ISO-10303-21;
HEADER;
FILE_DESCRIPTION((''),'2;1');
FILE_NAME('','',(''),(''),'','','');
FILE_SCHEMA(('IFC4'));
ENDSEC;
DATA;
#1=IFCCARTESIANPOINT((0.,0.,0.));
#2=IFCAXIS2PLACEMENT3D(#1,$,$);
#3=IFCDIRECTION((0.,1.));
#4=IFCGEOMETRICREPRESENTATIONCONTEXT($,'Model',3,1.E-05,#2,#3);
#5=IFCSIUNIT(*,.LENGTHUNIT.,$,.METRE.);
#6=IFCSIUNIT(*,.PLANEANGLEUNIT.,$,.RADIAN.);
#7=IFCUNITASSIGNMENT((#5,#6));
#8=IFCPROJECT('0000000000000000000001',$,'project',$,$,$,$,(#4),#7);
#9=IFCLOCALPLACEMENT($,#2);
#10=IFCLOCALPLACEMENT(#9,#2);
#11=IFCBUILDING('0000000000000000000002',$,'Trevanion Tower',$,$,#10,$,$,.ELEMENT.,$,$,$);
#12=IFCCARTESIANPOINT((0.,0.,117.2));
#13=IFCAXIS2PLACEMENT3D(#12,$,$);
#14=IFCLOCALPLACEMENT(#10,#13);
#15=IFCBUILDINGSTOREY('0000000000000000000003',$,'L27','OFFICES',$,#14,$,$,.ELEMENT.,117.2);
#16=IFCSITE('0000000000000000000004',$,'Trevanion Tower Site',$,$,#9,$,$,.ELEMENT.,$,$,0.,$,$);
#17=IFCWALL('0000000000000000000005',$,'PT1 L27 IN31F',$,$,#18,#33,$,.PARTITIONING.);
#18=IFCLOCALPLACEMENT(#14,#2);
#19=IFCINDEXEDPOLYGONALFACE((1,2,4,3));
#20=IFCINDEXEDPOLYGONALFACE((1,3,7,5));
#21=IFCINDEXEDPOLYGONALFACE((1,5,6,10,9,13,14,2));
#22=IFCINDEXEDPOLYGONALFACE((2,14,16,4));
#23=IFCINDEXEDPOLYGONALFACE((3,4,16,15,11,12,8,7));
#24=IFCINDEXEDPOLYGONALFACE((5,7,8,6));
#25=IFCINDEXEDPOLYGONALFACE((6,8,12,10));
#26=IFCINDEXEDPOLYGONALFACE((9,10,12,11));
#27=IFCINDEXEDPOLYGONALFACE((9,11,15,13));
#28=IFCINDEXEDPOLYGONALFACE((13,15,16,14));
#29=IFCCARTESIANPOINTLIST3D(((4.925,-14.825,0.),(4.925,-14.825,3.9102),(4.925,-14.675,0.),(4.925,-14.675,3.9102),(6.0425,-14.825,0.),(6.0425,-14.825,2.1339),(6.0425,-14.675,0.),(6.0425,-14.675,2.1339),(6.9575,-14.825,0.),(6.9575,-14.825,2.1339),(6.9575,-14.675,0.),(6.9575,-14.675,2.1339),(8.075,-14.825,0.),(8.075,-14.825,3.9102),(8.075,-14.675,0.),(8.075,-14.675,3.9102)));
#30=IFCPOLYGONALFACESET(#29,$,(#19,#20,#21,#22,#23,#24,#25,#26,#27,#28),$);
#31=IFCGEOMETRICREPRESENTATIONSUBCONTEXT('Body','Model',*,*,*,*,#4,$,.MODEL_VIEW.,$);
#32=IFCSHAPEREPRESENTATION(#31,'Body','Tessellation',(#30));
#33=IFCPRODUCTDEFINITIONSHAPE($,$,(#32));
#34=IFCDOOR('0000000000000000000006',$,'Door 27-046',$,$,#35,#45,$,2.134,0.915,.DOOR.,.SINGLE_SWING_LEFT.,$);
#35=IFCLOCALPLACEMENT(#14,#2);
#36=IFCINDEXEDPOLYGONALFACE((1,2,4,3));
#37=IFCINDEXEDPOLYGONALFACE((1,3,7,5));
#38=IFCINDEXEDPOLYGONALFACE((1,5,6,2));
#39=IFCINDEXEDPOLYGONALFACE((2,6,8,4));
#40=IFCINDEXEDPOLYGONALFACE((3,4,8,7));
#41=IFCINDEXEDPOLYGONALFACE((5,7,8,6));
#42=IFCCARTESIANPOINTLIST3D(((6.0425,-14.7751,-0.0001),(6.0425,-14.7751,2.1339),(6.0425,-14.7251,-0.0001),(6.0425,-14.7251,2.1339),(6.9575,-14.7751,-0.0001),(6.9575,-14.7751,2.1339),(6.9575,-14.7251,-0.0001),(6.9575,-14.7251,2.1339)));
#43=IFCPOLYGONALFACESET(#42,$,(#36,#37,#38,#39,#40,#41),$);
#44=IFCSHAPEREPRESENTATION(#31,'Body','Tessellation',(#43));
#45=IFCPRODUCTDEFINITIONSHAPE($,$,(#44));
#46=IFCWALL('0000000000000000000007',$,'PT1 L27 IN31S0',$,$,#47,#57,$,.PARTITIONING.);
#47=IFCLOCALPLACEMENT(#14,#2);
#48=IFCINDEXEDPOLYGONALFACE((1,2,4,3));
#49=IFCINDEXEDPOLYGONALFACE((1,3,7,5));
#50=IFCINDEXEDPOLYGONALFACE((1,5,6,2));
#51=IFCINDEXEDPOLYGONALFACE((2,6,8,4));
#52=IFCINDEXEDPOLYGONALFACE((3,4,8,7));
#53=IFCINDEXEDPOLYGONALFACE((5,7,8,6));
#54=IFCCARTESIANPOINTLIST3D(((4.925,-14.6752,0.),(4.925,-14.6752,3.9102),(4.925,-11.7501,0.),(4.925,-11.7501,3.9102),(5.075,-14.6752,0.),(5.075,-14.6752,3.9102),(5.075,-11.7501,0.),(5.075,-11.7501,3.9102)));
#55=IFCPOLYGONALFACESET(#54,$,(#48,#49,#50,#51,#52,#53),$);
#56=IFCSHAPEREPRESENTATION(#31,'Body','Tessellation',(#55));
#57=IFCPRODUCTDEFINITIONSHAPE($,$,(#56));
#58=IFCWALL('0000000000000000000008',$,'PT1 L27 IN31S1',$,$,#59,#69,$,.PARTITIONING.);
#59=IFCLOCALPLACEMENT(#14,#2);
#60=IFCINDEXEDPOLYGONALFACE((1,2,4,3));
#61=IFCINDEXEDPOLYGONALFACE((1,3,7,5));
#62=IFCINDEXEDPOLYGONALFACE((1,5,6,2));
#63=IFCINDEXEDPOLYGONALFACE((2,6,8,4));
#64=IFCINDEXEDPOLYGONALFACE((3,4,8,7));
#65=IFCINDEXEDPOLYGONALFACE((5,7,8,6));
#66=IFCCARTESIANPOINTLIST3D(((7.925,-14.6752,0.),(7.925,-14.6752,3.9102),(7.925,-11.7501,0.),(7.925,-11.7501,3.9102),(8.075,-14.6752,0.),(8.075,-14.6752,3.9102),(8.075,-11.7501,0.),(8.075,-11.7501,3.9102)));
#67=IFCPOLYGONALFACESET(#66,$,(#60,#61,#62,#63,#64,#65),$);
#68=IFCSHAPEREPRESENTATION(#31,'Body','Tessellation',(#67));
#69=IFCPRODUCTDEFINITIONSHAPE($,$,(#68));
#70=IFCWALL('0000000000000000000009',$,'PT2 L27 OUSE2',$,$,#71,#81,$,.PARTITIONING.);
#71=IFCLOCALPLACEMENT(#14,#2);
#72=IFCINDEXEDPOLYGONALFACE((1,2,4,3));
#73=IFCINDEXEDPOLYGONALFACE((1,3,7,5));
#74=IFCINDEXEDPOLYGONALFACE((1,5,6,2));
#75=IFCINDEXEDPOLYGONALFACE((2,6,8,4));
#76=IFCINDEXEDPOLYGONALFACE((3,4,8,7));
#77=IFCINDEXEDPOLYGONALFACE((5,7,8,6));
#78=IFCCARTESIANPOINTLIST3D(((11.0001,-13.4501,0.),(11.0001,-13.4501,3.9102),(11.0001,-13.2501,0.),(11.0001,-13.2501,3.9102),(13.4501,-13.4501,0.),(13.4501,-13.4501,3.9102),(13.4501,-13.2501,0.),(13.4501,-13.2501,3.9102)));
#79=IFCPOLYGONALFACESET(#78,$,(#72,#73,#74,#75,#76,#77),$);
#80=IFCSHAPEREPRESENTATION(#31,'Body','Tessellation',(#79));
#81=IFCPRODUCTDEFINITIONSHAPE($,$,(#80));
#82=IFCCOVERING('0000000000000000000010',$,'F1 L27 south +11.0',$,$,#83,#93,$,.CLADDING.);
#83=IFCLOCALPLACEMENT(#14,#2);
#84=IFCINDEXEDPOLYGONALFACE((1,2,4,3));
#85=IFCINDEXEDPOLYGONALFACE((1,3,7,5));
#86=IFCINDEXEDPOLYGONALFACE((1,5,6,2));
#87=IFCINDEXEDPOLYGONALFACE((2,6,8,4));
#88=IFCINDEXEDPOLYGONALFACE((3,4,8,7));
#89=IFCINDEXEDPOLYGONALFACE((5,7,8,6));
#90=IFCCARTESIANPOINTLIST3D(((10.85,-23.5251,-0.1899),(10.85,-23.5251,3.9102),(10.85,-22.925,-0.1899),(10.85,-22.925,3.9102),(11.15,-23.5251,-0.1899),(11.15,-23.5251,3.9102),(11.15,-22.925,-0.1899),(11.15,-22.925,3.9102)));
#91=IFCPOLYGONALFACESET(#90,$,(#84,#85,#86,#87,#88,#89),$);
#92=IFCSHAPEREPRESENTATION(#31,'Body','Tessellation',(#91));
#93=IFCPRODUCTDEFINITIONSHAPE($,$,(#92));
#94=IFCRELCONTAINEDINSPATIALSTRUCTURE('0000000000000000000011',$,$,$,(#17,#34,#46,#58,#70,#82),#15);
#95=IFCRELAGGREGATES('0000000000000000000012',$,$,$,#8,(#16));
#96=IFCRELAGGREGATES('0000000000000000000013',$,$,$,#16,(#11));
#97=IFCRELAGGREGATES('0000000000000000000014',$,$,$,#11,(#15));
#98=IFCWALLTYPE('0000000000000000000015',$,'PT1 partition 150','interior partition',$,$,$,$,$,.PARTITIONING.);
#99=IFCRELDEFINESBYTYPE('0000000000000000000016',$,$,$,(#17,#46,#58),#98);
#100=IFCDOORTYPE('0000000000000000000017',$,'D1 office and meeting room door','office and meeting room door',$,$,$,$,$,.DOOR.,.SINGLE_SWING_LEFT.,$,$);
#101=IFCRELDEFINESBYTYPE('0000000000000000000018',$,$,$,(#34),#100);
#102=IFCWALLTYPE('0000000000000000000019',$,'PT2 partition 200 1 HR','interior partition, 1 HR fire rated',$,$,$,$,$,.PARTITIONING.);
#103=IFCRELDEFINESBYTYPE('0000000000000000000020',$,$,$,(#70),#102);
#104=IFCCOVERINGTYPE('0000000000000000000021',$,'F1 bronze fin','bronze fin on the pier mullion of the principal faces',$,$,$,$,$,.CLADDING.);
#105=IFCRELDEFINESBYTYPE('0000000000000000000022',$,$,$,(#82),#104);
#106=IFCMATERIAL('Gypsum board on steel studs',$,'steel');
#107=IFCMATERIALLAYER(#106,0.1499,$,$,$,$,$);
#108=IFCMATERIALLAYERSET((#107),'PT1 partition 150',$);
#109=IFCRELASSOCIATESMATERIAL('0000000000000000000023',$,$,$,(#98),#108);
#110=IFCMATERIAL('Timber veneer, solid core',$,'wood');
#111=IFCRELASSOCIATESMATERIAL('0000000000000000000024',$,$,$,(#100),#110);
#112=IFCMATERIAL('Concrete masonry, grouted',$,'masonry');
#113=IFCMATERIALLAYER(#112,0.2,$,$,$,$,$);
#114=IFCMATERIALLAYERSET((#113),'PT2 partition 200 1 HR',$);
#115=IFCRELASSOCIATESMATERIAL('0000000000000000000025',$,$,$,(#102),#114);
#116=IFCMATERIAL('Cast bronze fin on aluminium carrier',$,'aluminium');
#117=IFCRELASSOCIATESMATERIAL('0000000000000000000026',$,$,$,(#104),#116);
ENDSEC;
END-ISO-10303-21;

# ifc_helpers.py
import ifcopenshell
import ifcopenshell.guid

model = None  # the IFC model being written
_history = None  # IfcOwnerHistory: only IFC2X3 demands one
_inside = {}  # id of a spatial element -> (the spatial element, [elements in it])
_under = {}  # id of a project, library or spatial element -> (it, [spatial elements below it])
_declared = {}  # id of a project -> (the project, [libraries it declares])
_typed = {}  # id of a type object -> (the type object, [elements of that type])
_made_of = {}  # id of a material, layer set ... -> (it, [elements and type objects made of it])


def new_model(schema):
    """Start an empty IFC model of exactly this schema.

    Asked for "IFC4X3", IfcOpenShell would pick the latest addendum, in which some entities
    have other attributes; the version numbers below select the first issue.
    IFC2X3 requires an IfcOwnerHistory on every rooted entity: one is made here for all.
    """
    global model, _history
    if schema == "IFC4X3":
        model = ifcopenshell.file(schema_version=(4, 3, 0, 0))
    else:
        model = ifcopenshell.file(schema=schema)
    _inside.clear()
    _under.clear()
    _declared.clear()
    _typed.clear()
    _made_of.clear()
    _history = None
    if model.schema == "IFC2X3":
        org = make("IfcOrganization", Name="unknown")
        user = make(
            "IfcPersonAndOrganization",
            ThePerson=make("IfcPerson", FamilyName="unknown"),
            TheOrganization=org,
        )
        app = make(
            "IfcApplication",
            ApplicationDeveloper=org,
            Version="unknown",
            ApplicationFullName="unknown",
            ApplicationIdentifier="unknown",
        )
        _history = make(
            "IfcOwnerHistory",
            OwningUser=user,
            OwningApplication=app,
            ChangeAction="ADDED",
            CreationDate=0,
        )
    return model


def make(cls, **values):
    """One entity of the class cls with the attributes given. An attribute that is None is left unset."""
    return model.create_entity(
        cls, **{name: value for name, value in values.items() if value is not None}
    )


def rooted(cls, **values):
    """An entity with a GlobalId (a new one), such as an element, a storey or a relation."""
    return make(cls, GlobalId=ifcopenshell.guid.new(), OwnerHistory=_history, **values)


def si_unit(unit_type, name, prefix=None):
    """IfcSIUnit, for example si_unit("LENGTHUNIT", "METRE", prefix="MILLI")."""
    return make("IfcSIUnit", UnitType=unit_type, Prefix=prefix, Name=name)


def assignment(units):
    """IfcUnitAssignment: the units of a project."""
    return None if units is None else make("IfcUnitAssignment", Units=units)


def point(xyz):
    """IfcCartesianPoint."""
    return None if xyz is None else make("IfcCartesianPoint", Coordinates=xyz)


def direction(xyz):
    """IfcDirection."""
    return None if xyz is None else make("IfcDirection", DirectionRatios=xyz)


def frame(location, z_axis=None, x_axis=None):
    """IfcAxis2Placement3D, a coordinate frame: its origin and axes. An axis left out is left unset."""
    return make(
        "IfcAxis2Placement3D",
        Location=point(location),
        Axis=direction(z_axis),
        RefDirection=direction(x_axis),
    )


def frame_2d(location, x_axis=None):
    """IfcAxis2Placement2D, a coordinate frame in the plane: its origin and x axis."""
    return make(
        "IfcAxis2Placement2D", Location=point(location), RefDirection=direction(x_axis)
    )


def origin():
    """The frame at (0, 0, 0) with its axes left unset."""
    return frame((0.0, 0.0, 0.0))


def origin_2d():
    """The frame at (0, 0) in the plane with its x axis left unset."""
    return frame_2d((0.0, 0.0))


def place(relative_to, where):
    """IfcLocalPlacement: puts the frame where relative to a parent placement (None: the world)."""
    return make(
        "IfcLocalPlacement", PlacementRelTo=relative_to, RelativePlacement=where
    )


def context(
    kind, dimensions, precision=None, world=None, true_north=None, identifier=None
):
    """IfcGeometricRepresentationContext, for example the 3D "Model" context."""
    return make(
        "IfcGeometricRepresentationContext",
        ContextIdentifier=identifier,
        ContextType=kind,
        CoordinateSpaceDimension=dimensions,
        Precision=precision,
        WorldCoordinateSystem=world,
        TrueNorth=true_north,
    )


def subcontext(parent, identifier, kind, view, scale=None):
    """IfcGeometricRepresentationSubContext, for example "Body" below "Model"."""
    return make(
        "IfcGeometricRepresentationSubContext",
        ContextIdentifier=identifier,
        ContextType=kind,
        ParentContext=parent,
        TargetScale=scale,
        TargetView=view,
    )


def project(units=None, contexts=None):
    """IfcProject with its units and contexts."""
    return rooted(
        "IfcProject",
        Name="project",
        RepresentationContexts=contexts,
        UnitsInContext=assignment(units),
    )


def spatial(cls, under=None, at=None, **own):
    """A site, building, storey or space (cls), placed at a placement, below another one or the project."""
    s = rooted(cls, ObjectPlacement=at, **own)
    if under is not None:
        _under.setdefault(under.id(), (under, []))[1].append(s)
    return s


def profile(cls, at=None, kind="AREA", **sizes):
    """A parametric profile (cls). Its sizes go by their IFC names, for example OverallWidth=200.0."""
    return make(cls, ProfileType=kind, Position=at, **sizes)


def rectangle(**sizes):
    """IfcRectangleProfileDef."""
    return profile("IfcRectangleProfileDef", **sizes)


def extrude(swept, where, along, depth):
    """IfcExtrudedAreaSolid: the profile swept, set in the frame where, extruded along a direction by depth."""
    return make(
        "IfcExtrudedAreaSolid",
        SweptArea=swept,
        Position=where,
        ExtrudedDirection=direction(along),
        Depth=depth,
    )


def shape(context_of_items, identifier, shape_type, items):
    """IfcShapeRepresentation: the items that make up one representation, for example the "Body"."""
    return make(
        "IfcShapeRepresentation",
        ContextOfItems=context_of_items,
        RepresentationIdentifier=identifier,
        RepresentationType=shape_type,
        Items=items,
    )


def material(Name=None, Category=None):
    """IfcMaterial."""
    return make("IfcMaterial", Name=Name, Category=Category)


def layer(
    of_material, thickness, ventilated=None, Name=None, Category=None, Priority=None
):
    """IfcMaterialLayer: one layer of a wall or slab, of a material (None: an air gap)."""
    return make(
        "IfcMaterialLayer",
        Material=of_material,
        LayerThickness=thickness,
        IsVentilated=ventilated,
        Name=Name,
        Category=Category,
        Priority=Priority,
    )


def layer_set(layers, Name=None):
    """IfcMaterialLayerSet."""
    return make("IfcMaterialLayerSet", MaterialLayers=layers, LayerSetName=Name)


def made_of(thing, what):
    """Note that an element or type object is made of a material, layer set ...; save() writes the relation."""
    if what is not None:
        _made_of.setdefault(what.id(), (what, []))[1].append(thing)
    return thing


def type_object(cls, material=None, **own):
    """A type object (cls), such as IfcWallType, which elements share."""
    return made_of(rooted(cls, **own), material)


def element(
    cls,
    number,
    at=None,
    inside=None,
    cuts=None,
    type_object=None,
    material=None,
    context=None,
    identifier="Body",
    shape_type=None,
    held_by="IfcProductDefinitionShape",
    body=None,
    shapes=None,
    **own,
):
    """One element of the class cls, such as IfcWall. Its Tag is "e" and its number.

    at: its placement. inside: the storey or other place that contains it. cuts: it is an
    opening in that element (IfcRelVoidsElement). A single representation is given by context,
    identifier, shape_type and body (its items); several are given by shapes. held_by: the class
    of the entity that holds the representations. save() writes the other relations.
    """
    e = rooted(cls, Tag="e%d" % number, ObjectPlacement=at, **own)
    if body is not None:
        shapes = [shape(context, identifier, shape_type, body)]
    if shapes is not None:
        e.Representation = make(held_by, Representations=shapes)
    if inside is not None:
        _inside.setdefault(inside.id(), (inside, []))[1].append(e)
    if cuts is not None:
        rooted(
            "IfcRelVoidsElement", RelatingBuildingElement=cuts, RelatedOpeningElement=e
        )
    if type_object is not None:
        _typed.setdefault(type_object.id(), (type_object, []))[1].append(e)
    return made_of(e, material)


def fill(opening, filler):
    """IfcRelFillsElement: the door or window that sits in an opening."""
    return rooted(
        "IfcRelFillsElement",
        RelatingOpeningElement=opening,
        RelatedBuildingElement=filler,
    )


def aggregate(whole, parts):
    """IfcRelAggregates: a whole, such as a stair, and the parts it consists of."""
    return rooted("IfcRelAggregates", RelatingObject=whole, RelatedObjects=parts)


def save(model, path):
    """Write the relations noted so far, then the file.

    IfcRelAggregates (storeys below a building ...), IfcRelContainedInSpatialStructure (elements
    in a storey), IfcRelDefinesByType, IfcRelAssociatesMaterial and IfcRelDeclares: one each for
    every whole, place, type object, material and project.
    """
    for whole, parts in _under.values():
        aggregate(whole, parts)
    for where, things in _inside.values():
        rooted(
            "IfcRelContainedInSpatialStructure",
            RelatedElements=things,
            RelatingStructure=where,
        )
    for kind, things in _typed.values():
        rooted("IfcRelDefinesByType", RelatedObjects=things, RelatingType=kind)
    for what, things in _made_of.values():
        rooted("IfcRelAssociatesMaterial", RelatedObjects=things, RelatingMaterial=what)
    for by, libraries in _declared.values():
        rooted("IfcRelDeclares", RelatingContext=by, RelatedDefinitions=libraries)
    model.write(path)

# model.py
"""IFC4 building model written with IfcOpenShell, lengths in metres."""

from ifc_helpers import new_model, si_unit, direction, frame, frame_2d, origin, origin_2d, place, context, subcontext, project, spatial, rectangle, extrude, material, layer, layer_set, type_object, element, fill, save


model = new_model("IFC4")

# Units and contexts
model_context = context("Model", 3, precision=1e-05, world=origin(), true_north=direction((0.0, 1.0)))
body_context = subcontext(model_context, "Body", "Model", "MODEL_VIEW")
ifc_project = project(units=[si_unit("LENGTHUNIT", "METRE"), si_unit("PLANEANGLEUNIT", "RADIAN")], contexts=[model_context])

# Site, building, storey
site_placement = place(None, origin())
site = spatial("IfcSite", under=ifc_project, at=site_placement, Name="Trevanion Tower Site", CompositionType="ELEMENT", RefElevation=0.0)
building_placement = place(site_placement, origin())
building = spatial("IfcBuilding", under=site, at=building_placement, Name="Trevanion Tower", CompositionType="ELEMENT")
storey_placement = place(building_placement, frame((0.0, 0.0, 117.2)))
storey = spatial("IfcBuildingStorey", under=building, at=storey_placement, Name="L27", Description="OFFICES", CompositionType="ELEMENT", Elevation=117.2)

# Shared definitions
ifc_material_1 = material(Name="Gypsum board on steel studs", Category="steel")
ifc_layer_1 = layer(ifc_material_1, 0.1499)
ifc_layer_set_1 = layer_set([ifc_layer_1], Name="PT1 partition 150")
wall_type_1 = type_object("IfcWallType", Name="PT1 partition 150", Description="interior partition", PredefinedType="PARTITIONING", material=ifc_layer_set_1)

# Wall, opening, door
wall_1_placement = place(storey_placement, frame((4.925, -14.75, 0.0), z_axis=(0.0, 0.0, 1.0), x_axis=(1.0, 0.0, 0.0)))
wall_1 = element("IfcWall", 1, at=wall_1_placement, inside=storey, type_object=wall_type_1, Name="PT1 L27 IN31F", PredefinedType="PARTITIONING", context=body_context, shape_type="SweptSolid", body=[
    extrude(rectangle(XDim=3.1499, YDim=0.1499, at=frame_2d((1.575, 0.0))), origin(), (0.0, 0.0, 1.0), 3.9102),
])
opening_placement = place(wall_1_placement, frame((1.1174, 0.0, 0.0)))
opening = element("IfcOpeningElement", 2, at=opening_placement, cuts=wall_1, PredefinedType="OPENING", context=body_context, shape_type="SweptSolid", body=[
    extrude(rectangle(XDim=0.915, YDim=2.134, at=frame_2d((0.4575, 1.0669))), frame((0.0, 0.085, 0.0), z_axis=(0.0, -1.0, 0.0), x_axis=(1.0, 0.0, 0.0)), (0.0, 0.0, 1.0), 0.1699),
])
ifc_material_2 = material(Name="Timber veneer, solid core", Category="wood")
door_type = type_object("IfcDoorType", Name="D1 office and meeting room door", Description="office and meeting room door", OperationType="SINGLE_SWING_LEFT", PredefinedType="DOOR", material=ifc_material_2)
door_placement = place(opening_placement, origin())
door = element("IfcDoor", 3, at=door_placement, inside=storey, type_object=door_type, Name="Door 27-046", OperationType="SINGLE_SWING_LEFT", OverallHeight=2.134, OverallWidth=0.915, PredefinedType="DOOR", context=body_context, shape_type="SweptSolid", body=[
    extrude(rectangle(XDim=0.915, YDim=2.134, at=frame_2d((0.4575, 1.0669))), frame((0.0, 0.0249, 0.0), z_axis=(0.0, -1.0, 0.0), x_axis=(1.0, 0.0, 0.0)), (0.0, 0.0, 1.0), 0.05),
])
fill(opening, door)

# Walls
for number, where, z_axis, x_axis, name in (
    (4, (5.0, -14.675, 0.0), (0.0, 0.0, 1.0), (0.0, 1.0, 0.0), "PT1 L27 IN31S0"),
    (5, (8.0, -14.675, 0.0), (0.0, 0.0, 1.0), (0.0, 1.0, 0.0), "PT1 L27 IN31S1"),
):
    element("IfcWall", number, at=place(storey_placement, frame(where, z_axis=z_axis, x_axis=x_axis)), inside=storey, type_object=wall_type_1, Name=name, PredefinedType="PARTITIONING", context=body_context, shape_type="SweptSolid", body=[
        extrude(rectangle(XDim=2.925, YDim=0.1499, at=frame_2d((1.4624, 0.0))), origin(), (0.0, 0.0, 1.0), 3.9102),
    ])
ifc_material_3 = material(Name="Concrete masonry, grouted", Category="masonry")
ifc_layer_2 = layer(ifc_material_3, 0.2)
ifc_layer_set_2 = layer_set([ifc_layer_2], Name="PT2 partition 200 1 HR")
wall_type_2 = type_object("IfcWallType", Name="PT2 partition 200 1 HR", Description="interior partition, 1 HR fire rated", PredefinedType="PARTITIONING", material=ifc_layer_set_2)
wall_2_placement = place(storey_placement, frame((11.0, -13.3501, 0.0), z_axis=(0.0, 0.0, 1.0), x_axis=(1.0, 0.0, 0.0)))
element("IfcWall", 6, at=wall_2_placement, inside=storey, type_object=wall_type_2, Name="PT2 L27 OUSE2", PredefinedType="PARTITIONING", context=body_context, shape_type="SweptSolid", body=[
    extrude(rectangle(XDim=2.45, YDim=0.2, at=frame_2d((1.2251, 0.0))), origin(), (0.0, 0.0, 1.0), 3.9102),
])

# Covering
ifc_material_4 = material(Name="Cast bronze fin on aluminium carrier", Category="aluminium")
covering_type = type_object("IfcCoveringType", Name="F1 bronze fin", Description="bronze fin on the pier mullion of the principal faces", PredefinedType="CLADDING", material=ifc_material_4)
covering_placement = place(storey_placement, frame((11.0, -23.2251, -0.1899), z_axis=(0.0, 0.0, 1.0), x_axis=(1.0, 0.0, 0.0)))
element("IfcCovering", 7, at=covering_placement, inside=storey, type_object=covering_type, Name="F1 L27 south +11.0", PredefinedType="CLADDING", context=body_context, shape_type="SweptSolid", body=[
    extrude(rectangle(XDim=0.3, YDim=0.6001, at=origin_2d()), origin(), (0.0, 0.0, 1.0), 4.1001),
])

save(model, "model.ifc")
